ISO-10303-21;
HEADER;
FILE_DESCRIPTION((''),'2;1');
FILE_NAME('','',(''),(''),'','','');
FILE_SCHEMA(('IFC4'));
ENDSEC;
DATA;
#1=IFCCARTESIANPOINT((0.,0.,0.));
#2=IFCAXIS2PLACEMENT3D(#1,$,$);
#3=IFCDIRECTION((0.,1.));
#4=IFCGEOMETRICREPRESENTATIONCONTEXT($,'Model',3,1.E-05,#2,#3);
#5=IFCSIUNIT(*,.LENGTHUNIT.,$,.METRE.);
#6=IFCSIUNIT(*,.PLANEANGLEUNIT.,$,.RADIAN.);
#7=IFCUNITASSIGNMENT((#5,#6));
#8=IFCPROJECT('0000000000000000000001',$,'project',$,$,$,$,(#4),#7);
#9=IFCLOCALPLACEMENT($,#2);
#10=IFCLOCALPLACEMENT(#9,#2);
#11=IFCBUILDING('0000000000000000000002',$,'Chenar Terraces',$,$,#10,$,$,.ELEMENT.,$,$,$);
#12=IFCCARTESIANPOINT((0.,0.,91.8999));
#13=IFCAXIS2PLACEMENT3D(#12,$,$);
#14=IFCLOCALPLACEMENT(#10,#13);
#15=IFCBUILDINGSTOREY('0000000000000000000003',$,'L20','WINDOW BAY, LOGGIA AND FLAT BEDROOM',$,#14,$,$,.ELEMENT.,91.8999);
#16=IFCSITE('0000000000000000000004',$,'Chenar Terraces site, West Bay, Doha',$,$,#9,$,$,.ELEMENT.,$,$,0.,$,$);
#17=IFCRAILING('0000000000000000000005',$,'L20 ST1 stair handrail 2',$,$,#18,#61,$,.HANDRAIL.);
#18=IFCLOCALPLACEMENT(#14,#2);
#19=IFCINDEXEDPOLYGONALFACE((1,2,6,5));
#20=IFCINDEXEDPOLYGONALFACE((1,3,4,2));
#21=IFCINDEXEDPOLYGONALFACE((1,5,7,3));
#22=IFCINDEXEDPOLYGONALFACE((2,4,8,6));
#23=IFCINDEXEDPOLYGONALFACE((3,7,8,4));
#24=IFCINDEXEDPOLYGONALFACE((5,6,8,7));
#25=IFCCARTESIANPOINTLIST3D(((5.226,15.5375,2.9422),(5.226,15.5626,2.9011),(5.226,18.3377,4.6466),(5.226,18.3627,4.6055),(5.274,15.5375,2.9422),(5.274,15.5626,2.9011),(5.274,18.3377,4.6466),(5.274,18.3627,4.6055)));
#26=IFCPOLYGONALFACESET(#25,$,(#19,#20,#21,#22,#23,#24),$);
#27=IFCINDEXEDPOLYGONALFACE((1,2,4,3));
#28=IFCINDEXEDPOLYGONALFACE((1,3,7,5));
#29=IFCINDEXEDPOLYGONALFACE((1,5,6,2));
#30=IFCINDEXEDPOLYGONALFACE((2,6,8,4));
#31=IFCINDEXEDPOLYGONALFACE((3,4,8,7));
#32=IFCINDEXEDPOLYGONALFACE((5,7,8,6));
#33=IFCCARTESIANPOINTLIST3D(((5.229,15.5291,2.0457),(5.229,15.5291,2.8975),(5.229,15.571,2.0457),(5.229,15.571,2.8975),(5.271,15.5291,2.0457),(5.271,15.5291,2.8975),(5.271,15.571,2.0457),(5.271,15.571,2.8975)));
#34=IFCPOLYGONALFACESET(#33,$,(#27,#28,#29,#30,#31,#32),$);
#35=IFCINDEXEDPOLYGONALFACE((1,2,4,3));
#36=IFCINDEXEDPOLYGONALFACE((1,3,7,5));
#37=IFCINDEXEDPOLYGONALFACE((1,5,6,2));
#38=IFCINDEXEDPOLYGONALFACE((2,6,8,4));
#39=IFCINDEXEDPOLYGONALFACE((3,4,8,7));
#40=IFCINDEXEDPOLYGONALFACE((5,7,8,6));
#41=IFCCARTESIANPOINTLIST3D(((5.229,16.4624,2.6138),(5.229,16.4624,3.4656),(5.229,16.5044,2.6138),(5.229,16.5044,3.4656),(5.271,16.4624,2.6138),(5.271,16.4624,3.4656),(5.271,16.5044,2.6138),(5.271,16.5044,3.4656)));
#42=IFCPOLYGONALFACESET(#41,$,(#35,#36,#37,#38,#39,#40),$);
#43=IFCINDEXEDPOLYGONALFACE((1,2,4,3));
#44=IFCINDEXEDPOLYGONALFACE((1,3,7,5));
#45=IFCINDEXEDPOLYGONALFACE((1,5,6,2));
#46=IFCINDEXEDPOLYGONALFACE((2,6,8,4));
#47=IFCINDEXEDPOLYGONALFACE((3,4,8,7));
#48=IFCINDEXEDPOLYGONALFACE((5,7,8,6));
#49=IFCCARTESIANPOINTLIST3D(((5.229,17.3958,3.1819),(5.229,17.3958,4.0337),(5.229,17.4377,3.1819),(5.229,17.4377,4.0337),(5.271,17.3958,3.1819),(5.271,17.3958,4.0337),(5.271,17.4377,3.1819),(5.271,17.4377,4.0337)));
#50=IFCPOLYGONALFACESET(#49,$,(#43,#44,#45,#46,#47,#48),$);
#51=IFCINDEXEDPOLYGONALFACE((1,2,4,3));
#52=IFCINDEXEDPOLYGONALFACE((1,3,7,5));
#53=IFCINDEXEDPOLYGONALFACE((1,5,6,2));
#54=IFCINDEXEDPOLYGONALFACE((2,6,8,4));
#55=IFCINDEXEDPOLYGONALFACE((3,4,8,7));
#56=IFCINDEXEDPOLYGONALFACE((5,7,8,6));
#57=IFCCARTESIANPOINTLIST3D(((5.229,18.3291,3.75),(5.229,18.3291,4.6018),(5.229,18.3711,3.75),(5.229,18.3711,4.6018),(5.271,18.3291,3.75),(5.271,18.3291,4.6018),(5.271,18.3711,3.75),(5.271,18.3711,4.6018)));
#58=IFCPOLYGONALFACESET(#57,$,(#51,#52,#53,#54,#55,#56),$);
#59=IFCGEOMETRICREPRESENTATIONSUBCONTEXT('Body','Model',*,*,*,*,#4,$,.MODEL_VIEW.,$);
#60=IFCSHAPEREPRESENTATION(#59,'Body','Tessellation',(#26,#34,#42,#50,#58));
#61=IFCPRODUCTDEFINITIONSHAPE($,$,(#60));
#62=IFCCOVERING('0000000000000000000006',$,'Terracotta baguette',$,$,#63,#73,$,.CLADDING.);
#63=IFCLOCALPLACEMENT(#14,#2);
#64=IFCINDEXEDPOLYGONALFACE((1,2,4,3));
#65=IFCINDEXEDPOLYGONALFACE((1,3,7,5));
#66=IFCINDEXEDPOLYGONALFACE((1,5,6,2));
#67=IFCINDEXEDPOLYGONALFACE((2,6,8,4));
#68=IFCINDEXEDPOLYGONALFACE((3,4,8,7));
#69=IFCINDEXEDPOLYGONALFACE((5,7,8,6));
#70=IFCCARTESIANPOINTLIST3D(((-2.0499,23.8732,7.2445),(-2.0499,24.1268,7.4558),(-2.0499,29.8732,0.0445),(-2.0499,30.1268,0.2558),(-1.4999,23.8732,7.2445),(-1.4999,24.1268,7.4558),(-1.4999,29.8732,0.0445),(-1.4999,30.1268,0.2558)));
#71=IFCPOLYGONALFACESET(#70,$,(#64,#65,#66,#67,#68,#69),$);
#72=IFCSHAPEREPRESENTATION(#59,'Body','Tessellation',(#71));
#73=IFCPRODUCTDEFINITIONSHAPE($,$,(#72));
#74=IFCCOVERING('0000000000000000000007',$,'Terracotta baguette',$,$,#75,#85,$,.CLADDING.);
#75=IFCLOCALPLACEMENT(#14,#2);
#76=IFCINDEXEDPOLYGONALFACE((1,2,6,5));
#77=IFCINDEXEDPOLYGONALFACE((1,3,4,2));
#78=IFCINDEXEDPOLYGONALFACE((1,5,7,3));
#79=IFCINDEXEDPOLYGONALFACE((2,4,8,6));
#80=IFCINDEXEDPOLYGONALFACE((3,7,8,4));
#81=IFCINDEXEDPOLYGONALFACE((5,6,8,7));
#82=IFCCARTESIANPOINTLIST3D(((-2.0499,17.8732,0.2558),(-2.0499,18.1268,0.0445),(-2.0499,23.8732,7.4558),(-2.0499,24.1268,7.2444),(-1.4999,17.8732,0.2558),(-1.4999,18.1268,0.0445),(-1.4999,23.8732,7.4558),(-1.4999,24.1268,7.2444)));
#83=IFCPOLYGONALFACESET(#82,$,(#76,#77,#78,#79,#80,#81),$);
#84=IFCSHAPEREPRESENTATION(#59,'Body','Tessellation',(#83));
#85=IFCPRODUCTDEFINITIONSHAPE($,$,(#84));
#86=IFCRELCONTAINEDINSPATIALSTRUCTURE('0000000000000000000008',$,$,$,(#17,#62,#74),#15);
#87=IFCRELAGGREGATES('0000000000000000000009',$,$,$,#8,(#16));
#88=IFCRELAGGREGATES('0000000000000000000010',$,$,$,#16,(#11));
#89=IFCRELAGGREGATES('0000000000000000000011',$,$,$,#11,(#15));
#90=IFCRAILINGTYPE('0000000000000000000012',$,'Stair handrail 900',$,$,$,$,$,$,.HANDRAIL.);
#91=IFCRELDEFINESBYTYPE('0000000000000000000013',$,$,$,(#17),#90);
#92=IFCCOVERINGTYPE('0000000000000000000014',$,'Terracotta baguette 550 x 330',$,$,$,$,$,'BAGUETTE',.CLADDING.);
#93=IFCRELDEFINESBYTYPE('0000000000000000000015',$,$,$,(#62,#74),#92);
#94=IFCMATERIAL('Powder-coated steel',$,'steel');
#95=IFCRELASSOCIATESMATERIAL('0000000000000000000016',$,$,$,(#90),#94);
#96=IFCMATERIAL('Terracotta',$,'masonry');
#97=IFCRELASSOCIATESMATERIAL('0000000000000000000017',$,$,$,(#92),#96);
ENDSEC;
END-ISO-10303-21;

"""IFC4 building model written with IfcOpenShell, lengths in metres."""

from ifc_helpers import new_model, si_unit, direction, frame, origin, origin_2d, place, context, subcontext, project, spatial, rectangle, extrude, material, material_profile, profile_set, type_object, element, save


model = new_model("IFC4")

# Units and contexts
model_context = context("Model", 3, precision=1e-05, world=origin(), true_north=direction((0.0, 1.0)))
body_context = subcontext(model_context, "Body", "Model", "MODEL_VIEW")
ifc_project = project(units=[si_unit("LENGTHUNIT", "METRE"), si_unit("PLANEANGLEUNIT", "RADIAN")], contexts=[model_context])

# Site, building, storey
site_placement = place(None, origin())
site = spatial("IfcSite", under=ifc_project, at=site_placement, Name="Chenar Terraces site, West Bay, Doha", CompositionType="ELEMENT", RefElevation=0.0)
building_placement = place(site_placement, origin())
building = spatial("IfcBuilding", under=site, at=building_placement, Name="Chenar Terraces", CompositionType="ELEMENT")
storey_placement = place(building_placement, frame((0.0, 0.0, 91.8999)))
storey = spatial("IfcBuildingStorey", under=building, at=storey_placement, Name="L20", Description="WINDOW BAY, LOGGIA AND FLAT BEDROOM", CompositionType="ELEMENT", Elevation=91.8999)

# Railing
ifc_material_1 = material(Name="Powder-coated steel", Category="steel")
railing_type_1 = type_object("IfcRailingType", Name="Stair handrail 900", PredefinedType="HANDRAIL", material=ifc_material_1)
railing_1_placement = place(storey_placement, frame((5.25, 15.55, 2.0457)))
element("IfcRailing", 1, at=railing_1_placement, inside=storey, type_object=railing_type_1, Name="L20 ST1 stair handrail 2", PredefinedType="HANDRAIL", context=body_context, shape_type="SweptSolid", body=[
    extrude(rectangle(XDim=0.0481, YDim=0.0481, at=origin_2d()), frame((0.0, 0.0, 0.876), z_axis=(0.0, 0.854203, 0.51994), x_axis=(-1.0, 0.0, 0.0)), (0.0, 0.0, 1.0), 3.2781),
    extrude(rectangle(XDim=0.042, YDim=0.042, at=origin_2d()), origin(), (0.0, 0.0, 1.0), 0.8518),
    extrude(rectangle(XDim=0.042, YDim=0.042, at=origin_2d()), frame((0.0, 0.9333, 0.5681)), (0.0, 0.0, 1.0), 0.8518),
    extrude(rectangle(XDim=0.042, YDim=0.042, at=origin_2d()), frame((0.0, 1.8667, 1.1362)), (0.0, 0.0, 1.0), 0.8518),
    extrude(rectangle(XDim=0.042, YDim=0.042, at=origin_2d()), frame((0.0, 2.8, 1.7043)), (0.0, 0.0, 1.0), 0.8518),
])

# Coverings
ifc_material_2 = material(Name="Terracotta", Category="masonry")
ifc_material_profile_1 = material_profile(ifc_material_2, rectangle(XDim=0.55, YDim=0.3301, at=origin_2d()), Name="Terracotta baguette 550 x 330")
ifc_profile_set_1 = profile_set([ifc_material_profile_1], Name="Terracotta")
covering_type = type_object("IfcCoveringType", Name="Terracotta baguette 550 x 330", ElementType="BAGUETTE", PredefinedType="CLADDING", material=ifc_profile_set_1)
for number, where, z_axis, x_axis, name in (
    (2, (-1.7749, 30.0, 0.1501), (0.0, -0.640187, 0.768219), (1.0, 0.0, 0.0), "Terracotta baguette"),
    (3, (-1.7749, 24.0, 7.3501), (0.0, -0.640187, -0.768219), (1.0, 0.0, 0.0), "Terracotta baguette"),
):
    element("IfcCovering", number, at=place(storey_placement, frame(where, z_axis=z_axis, x_axis=x_axis)), inside=storey, type_object=covering_type, Name=name, PredefinedType="CLADDING", context=body_context, shape_type="SweptSolid", body=[
        extrude(rectangle(XDim=0.55, YDim=0.3301, at=origin_2d()), origin(), (0.0, 0.0, 1.0), 9.3723),
    ])

save(model, "model.ifc")
